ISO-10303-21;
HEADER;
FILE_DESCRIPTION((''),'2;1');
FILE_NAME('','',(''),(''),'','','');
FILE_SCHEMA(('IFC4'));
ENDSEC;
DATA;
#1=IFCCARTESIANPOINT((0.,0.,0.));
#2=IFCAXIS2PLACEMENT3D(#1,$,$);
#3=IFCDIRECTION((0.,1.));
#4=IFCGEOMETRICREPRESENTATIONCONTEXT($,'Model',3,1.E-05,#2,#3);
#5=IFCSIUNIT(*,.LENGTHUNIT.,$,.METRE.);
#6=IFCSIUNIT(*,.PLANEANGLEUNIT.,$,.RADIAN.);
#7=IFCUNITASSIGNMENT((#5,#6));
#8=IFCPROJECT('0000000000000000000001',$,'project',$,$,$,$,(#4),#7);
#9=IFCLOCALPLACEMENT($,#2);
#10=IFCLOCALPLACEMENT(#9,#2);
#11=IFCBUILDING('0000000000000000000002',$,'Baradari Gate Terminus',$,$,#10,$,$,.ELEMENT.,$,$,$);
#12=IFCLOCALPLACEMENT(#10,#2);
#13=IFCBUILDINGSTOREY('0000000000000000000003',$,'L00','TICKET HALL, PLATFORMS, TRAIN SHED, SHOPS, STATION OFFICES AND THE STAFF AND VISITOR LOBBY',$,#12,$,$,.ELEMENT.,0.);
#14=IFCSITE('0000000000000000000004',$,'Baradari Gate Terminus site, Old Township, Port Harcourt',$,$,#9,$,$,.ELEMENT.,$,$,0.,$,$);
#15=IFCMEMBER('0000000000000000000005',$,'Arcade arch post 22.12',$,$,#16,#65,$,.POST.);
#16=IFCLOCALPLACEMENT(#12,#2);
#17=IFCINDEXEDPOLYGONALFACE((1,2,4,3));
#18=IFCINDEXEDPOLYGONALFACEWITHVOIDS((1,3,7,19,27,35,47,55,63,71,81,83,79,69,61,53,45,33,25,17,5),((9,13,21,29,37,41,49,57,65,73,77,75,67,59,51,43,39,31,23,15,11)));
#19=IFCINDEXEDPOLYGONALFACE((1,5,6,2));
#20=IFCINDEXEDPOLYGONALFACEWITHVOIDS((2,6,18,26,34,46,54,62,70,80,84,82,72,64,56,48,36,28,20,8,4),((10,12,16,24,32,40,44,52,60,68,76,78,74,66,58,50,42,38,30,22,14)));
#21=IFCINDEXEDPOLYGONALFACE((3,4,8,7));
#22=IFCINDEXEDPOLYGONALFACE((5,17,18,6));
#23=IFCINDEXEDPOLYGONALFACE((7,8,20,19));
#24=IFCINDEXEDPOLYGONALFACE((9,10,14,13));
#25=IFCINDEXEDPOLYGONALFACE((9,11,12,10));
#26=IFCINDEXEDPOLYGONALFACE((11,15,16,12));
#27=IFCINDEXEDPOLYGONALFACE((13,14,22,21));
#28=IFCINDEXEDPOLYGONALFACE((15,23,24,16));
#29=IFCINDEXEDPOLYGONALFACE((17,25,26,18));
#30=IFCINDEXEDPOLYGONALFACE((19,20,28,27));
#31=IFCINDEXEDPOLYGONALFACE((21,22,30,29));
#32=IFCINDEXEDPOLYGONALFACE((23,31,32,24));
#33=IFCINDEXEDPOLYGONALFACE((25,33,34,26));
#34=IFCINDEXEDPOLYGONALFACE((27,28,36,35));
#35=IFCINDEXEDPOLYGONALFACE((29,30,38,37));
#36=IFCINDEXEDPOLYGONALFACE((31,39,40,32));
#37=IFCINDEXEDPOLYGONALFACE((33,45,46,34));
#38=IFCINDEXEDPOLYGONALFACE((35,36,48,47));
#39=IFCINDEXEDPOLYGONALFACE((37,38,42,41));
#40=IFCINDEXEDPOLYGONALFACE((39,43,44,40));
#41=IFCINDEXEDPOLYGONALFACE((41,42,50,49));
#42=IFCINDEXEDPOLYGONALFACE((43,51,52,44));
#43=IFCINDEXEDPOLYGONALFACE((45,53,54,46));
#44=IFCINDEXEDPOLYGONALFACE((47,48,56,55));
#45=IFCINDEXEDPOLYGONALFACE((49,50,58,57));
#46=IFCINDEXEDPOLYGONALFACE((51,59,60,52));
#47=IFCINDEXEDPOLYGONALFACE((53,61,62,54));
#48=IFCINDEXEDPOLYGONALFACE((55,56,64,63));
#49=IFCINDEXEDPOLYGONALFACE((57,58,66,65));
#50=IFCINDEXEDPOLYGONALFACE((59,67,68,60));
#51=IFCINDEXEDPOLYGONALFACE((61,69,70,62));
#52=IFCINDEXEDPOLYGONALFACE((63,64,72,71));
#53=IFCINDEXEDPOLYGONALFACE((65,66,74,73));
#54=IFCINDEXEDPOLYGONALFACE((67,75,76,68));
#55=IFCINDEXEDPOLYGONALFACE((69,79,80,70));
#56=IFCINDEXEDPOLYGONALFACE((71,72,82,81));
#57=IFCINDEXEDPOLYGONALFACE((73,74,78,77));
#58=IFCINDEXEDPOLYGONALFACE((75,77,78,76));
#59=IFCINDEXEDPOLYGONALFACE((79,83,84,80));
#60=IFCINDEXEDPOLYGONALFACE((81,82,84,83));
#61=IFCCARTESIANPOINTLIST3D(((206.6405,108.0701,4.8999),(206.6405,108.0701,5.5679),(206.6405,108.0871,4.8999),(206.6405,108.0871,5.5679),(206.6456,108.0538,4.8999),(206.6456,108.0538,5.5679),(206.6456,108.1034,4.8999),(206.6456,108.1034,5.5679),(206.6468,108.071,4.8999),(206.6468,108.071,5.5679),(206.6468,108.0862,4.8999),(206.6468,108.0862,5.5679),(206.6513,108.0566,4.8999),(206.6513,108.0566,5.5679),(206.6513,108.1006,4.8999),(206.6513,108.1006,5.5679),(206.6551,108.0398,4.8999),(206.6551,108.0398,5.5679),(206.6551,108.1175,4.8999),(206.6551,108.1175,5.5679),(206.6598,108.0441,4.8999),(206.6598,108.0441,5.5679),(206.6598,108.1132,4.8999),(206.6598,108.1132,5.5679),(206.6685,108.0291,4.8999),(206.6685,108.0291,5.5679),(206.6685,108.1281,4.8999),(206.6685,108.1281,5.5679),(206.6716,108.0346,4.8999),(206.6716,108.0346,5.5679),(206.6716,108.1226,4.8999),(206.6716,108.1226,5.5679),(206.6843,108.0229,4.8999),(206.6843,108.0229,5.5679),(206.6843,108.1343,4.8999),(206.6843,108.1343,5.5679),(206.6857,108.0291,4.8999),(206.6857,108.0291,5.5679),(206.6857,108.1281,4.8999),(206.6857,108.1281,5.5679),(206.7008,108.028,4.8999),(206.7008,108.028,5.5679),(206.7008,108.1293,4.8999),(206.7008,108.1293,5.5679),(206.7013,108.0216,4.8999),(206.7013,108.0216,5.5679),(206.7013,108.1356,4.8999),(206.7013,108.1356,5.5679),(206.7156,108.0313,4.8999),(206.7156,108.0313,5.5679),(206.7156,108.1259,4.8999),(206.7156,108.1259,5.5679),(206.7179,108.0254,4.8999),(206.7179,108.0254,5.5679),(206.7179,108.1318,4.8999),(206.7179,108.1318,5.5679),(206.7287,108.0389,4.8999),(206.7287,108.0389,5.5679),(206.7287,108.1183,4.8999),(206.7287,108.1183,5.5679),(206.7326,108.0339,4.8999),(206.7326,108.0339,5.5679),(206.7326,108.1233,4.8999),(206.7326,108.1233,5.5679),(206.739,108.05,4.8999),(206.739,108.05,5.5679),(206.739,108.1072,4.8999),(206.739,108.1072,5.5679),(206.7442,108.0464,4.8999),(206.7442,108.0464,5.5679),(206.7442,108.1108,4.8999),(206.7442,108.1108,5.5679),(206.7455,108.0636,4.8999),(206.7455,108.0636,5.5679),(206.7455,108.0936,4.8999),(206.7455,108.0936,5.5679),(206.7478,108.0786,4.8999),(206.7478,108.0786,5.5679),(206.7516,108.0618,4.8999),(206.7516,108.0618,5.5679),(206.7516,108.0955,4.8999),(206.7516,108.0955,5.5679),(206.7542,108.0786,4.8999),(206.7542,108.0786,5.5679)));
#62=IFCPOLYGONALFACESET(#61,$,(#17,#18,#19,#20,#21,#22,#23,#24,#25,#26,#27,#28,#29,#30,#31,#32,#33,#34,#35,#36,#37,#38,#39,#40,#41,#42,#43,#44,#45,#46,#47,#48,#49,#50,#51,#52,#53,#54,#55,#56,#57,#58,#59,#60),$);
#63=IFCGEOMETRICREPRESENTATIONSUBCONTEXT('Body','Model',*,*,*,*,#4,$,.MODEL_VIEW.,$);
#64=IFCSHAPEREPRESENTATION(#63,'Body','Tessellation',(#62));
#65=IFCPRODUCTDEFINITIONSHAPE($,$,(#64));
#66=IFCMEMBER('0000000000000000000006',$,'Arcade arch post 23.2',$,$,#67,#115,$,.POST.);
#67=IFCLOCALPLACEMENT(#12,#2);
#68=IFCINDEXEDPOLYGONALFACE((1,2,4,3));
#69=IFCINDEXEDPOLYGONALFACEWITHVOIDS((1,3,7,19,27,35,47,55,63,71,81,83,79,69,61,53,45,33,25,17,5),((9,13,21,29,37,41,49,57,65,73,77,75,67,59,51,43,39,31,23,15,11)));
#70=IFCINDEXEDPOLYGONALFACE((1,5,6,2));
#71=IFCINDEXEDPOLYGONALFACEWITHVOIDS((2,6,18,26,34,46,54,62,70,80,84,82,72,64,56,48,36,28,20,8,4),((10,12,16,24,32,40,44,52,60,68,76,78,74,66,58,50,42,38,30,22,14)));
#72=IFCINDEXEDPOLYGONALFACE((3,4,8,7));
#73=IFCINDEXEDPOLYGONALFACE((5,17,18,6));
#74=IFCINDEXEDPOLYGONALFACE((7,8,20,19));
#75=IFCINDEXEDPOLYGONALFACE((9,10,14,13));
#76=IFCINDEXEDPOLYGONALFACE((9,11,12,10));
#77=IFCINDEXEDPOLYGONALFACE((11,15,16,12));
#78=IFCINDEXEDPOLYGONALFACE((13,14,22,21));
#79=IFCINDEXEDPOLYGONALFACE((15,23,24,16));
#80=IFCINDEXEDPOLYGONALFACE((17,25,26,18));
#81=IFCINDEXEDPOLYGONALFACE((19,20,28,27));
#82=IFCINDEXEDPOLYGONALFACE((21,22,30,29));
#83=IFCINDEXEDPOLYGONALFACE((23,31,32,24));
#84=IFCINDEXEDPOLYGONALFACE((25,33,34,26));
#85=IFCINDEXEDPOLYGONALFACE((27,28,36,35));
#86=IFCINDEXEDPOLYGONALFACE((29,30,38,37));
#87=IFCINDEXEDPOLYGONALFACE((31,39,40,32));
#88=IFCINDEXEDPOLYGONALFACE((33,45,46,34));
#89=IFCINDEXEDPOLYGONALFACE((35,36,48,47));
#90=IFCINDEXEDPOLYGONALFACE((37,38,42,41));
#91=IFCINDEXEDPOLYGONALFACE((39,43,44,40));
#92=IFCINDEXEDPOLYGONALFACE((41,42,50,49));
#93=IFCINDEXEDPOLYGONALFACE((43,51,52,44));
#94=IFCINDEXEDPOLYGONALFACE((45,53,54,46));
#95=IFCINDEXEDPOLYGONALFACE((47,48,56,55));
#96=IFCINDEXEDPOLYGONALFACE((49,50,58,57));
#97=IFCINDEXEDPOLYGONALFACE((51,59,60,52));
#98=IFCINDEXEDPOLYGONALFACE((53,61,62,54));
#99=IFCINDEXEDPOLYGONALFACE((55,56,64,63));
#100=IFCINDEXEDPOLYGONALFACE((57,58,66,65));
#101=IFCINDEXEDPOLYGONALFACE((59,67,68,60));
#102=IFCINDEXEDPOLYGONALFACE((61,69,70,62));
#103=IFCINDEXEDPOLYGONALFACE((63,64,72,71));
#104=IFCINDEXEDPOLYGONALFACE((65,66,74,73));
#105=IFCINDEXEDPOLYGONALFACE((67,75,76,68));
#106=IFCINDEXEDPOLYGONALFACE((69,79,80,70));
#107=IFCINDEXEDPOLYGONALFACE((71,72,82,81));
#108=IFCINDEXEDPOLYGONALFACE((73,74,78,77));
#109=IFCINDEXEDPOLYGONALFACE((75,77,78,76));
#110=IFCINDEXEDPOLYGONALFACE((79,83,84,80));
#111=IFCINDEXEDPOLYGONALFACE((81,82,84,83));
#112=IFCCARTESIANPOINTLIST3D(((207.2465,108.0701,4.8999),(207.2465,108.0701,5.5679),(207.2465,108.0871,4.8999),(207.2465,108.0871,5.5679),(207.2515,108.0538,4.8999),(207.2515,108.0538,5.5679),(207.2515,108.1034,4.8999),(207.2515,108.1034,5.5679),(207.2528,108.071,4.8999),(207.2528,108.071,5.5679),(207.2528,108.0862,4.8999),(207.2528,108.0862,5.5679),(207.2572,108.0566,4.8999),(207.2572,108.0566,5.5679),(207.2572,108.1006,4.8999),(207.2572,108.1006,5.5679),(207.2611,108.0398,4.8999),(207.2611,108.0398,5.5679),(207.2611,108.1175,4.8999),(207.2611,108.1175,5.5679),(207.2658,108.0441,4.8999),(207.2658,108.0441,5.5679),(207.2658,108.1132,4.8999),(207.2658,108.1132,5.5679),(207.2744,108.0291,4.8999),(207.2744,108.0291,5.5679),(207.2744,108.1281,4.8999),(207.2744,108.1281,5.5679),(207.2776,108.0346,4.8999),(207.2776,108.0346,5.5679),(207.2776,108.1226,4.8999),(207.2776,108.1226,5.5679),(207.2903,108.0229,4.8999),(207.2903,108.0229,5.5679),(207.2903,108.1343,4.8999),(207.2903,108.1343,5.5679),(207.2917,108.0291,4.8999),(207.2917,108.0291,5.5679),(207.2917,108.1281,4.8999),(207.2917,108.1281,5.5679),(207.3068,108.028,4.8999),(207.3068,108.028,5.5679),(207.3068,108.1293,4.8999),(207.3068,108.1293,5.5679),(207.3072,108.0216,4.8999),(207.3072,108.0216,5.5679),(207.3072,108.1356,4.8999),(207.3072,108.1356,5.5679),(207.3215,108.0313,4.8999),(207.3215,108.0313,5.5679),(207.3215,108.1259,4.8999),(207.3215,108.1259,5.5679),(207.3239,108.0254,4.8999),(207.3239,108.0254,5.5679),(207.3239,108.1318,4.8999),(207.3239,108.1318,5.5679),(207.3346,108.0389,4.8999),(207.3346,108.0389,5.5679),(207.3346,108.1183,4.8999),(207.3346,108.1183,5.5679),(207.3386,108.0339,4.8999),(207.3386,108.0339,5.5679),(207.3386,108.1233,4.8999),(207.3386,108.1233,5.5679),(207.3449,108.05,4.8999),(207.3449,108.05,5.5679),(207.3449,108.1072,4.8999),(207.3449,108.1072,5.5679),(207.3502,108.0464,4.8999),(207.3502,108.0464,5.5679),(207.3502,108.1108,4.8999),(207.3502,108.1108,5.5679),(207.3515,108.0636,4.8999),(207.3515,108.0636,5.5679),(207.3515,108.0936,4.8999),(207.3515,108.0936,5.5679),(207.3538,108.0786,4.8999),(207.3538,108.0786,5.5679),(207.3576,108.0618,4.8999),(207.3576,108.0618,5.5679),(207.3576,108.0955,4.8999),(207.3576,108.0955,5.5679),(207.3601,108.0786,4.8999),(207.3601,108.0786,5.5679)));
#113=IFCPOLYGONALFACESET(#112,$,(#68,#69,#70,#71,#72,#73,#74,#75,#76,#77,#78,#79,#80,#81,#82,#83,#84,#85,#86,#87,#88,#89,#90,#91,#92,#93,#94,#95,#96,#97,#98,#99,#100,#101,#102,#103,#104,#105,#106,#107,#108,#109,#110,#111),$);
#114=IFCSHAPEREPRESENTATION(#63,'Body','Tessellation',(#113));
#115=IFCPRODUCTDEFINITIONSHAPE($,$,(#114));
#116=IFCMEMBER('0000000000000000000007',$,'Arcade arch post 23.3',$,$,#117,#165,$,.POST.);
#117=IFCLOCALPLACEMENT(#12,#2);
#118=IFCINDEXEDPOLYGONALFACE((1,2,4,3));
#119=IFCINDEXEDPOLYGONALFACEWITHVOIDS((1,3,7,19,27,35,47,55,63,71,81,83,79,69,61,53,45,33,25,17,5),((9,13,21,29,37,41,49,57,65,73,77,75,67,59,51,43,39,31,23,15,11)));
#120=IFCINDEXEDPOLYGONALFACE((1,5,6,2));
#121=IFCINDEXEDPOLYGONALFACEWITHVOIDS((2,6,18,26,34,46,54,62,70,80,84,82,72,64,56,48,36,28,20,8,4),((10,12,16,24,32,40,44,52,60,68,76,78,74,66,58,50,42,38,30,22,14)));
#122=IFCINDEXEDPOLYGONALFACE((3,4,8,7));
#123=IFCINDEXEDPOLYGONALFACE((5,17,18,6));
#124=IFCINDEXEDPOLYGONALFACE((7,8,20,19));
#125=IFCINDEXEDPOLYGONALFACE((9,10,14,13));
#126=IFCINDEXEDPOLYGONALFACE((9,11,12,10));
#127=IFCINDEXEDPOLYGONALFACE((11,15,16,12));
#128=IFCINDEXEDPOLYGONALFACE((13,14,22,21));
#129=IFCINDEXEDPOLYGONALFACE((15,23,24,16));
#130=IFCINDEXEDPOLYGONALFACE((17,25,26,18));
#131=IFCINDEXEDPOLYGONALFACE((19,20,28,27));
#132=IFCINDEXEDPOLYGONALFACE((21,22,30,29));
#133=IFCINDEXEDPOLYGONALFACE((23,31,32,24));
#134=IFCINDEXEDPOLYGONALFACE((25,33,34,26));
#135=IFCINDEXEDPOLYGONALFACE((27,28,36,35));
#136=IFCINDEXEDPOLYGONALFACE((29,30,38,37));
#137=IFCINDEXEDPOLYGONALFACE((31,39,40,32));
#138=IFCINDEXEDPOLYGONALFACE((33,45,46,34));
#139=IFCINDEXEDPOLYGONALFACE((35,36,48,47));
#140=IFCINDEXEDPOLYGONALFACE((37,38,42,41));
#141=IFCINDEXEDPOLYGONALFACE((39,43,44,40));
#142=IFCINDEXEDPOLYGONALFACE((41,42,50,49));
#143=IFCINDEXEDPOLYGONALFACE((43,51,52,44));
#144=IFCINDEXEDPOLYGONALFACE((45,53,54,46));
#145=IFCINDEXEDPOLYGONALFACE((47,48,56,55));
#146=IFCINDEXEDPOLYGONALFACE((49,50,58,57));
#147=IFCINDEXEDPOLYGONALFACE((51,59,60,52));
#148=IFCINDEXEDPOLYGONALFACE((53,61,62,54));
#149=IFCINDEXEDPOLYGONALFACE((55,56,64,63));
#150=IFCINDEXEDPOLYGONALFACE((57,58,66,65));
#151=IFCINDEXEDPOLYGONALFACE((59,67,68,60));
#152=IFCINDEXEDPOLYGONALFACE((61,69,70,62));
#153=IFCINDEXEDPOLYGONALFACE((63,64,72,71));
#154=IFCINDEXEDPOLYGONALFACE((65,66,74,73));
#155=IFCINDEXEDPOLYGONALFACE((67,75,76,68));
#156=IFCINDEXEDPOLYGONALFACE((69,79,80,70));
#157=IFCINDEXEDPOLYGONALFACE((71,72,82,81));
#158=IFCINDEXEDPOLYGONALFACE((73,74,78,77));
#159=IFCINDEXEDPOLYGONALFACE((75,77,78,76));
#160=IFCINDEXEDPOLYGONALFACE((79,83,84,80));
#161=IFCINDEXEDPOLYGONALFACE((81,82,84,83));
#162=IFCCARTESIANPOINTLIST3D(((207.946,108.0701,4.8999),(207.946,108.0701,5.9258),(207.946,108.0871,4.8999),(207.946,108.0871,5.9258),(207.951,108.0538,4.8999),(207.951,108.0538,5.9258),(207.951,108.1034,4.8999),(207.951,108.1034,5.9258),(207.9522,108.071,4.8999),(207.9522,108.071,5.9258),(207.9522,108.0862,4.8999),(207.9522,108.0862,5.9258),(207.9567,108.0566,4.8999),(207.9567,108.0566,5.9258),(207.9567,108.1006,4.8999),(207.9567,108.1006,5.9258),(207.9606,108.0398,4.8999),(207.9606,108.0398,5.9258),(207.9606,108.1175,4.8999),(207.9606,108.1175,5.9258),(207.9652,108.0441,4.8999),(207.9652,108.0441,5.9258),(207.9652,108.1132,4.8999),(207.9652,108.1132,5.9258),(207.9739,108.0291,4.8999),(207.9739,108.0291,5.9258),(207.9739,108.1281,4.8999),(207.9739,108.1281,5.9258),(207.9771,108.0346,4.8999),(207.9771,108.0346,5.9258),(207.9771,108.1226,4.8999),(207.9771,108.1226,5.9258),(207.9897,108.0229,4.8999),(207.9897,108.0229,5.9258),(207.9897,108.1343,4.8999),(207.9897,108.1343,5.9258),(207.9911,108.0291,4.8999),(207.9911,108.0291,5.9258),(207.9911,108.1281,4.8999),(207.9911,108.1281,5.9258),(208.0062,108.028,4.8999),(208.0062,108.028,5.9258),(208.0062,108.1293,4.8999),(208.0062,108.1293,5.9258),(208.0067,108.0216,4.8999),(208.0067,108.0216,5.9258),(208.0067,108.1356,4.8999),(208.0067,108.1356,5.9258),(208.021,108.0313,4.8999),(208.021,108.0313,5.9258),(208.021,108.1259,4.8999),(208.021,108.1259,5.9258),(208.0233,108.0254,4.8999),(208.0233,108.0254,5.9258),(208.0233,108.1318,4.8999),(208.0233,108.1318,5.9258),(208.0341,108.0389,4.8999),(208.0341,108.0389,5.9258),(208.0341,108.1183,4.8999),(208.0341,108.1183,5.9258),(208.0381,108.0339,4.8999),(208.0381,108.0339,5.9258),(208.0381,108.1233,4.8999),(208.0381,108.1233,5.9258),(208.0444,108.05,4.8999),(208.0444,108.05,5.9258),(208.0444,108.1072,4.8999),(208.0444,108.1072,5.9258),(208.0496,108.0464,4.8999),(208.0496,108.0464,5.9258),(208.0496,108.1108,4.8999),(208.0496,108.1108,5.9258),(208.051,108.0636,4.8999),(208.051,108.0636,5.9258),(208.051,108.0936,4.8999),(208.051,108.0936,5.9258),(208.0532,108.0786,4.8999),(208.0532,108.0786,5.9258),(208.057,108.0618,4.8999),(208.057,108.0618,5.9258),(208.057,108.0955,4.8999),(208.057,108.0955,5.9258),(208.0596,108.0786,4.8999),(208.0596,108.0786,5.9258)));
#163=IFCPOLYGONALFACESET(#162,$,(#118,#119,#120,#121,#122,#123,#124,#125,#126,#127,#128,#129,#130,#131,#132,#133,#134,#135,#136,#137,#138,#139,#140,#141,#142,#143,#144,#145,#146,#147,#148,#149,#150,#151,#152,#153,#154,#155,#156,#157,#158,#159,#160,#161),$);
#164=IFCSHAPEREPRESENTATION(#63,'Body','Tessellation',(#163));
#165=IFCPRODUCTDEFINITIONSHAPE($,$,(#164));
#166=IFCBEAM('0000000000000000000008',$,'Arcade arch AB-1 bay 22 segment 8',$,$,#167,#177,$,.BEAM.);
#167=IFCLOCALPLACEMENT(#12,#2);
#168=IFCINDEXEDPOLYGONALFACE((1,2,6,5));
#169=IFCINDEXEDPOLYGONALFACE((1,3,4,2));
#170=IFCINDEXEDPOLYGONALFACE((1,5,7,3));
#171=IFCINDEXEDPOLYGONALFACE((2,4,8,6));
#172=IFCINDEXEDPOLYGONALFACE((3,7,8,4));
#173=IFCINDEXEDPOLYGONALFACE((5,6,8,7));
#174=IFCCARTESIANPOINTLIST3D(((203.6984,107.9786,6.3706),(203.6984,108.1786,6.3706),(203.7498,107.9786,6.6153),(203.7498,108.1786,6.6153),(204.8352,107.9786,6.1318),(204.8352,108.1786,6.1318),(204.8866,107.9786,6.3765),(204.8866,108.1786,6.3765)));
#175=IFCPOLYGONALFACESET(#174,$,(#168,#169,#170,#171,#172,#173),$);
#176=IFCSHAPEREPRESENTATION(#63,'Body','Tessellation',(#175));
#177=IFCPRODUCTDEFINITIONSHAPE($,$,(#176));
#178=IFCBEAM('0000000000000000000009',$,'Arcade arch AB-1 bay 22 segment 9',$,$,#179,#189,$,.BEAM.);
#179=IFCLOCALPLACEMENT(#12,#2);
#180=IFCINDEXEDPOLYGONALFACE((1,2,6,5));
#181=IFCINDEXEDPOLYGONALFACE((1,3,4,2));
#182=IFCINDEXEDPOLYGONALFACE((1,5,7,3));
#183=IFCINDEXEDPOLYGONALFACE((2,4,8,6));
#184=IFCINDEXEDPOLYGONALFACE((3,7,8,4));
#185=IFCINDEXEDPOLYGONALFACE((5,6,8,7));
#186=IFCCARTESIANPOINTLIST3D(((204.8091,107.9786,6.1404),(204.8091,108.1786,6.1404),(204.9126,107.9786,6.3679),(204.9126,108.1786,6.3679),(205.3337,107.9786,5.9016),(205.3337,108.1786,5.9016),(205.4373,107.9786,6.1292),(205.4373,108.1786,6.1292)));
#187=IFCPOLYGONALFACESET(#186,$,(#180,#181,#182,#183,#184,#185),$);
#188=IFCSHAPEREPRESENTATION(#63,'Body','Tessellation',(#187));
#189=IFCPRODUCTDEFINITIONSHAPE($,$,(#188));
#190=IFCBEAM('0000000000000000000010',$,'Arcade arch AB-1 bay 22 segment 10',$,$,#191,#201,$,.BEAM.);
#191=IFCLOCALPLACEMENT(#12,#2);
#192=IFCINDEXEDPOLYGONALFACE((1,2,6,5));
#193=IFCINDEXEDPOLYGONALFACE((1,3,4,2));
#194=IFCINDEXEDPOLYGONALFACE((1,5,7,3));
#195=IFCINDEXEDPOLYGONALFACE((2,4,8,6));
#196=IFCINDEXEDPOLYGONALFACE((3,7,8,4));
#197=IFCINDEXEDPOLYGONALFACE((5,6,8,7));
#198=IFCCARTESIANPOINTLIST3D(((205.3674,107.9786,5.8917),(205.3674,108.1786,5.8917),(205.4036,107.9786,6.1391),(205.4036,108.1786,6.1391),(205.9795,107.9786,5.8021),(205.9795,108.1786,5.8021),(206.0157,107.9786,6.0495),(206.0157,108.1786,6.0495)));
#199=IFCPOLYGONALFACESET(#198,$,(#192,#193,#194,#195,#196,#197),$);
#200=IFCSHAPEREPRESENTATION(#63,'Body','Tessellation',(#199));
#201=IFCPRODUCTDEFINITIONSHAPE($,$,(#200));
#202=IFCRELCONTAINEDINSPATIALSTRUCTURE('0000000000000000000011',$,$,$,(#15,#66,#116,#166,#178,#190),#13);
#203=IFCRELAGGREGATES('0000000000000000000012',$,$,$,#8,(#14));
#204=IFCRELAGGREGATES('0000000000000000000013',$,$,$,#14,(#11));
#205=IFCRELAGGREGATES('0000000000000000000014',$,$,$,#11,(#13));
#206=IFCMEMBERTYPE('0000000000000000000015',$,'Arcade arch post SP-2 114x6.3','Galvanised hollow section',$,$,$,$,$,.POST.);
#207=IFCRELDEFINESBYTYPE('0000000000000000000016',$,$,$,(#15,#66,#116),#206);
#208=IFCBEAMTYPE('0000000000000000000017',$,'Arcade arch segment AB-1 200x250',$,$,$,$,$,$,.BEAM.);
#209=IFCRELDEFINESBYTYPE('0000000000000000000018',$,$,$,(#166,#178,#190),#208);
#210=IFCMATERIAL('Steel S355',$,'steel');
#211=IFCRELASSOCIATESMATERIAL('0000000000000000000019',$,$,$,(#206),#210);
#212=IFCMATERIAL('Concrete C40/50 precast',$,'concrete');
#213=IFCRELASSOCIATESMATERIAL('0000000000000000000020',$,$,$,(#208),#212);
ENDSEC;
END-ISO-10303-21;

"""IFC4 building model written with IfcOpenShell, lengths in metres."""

from ifc_helpers import new_model, si_unit, direction, frame, origin, origin_2d, place, context, subcontext, project, spatial, rectangle, hollow_circle, extrude, material, material_profile, profile_set, type_object, element, save


model = new_model("IFC4")

# Units and contexts
model_context = context("Model", 3, precision=1e-05, world=origin(), true_north=direction((0.0, 1.0)))
body_context = subcontext(model_context, "Body", "Model", "MODEL_VIEW")
ifc_project = project(units=[si_unit("LENGTHUNIT", "METRE"), si_unit("PLANEANGLEUNIT", "RADIAN")], contexts=[model_context])

# Site, building, storey
site_placement = place(None, origin())
site = spatial("IfcSite", under=ifc_project, at=site_placement, Name="Baradari Gate Terminus site, Old Township, Port Harcourt", CompositionType="ELEMENT", RefElevation=0.0)
building_placement = place(site_placement, origin())
building = spatial("IfcBuilding", under=site, at=building_placement, Name="Baradari Gate Terminus", CompositionType="ELEMENT")
storey_placement = place(building_placement, origin())
storey = spatial("IfcBuildingStorey", under=building, at=storey_placement, Name="L00", Description="TICKET HALL, PLATFORMS, TRAIN SHED, SHOPS, STATION OFFICES AND THE STAFF AND VISITOR LOBBY", CompositionType="ELEMENT", Elevation=0.0)

# Members
ifc_material_1 = material(Name="Steel S355", Category="steel")
ifc_material_profile_1 = material_profile(ifc_material_1, hollow_circle(Radius=0.0571, WallThickness=0.0063, at=origin_2d()), Name="CHS 114.3x6.3")
ifc_profile_set_1 = profile_set([ifc_material_profile_1], Name="Steel S355")
member_type_1 = type_object("IfcMemberType", Name="Arcade arch post SP-2 114x6.3", Description="Galvanised hollow section", PredefinedType="POST", material=ifc_profile_set_1)
for number, where, z_axis, x_axis, name in (
    (1, (206.697, 108.0786, 4.8999), (0.0, 0.0, 1.0), (1.0, 0.0, 0.0), "Arcade arch post 22.12"),
    (2, (207.303, 108.0786, 4.8999), (0.0, 0.0, 1.0), (1.0, 0.0, 0.0), "Arcade arch post 23.2"),
):
    element("IfcMember", number, at=place(storey_placement, frame(where, z_axis=z_axis, x_axis=x_axis)), inside=storey, type_object=member_type_1, Name=name, PredefinedType="POST", context=body_context, shape_type="SweptSolid", body=[
        extrude(hollow_circle(Radius=0.0571, WallThickness=0.0063, at=origin_2d()), origin(), (0.0, 0.0, 1.0), 0.668),
    ])
member_1_placement = place(storey_placement, frame((208.0024, 108.0786, 4.8999), z_axis=(0.0, 0.0, 1.0), x_axis=(1.0, 0.0, 0.0)))
element("IfcMember", 3, at=member_1_placement, inside=storey, type_object=member_type_1, Name="Arcade arch post 23.3", PredefinedType="POST", context=body_context, shape_type="SweptSolid", body=[
    extrude(hollow_circle(Radius=0.0571, WallThickness=0.0063, at=origin_2d()), origin(), (0.0, 0.0, 1.0), 1.0259),
])

# Beams
ifc_material_2 = material(Name="Concrete C40/50 precast", Category="concrete")
ifc_material_profile_2 = material_profile(ifc_material_2, rectangle(XDim=0.2, YDim=0.25, at=origin_2d()), Name="AB-1 200X250")
ifc_profile_set_2 = profile_set([ifc_material_profile_2], Name="Concrete C40/50 precast")
beam_type_1 = type_object("IfcBeamType", Name="Arcade arch segment AB-1 200x250", PredefinedType="BEAM", material=ifc_profile_set_2)
beam_1_placement = place(storey_placement, frame((203.7241, 108.0786, 6.4929), z_axis=(0.978643, 0.0, -0.205566), x_axis=(0.0, 1.0, 0.0)))
element("IfcBeam", 4, at=beam_1_placement, inside=storey, type_object=beam_type_1, Name="Arcade arch AB-1 bay 22 segment 8", PredefinedType="BEAM", context=body_context, shape_type="SweptSolid", body=[
    extrude(rectangle(XDim=0.2, YDim=0.25, at=origin_2d()), origin(), (0.0, 0.0, 1.0), 1.1616),
])
beam_2_placement = place(storey_placement, frame((204.8608, 108.0786, 6.2542), z_axis=(0.910178, 0.0, -0.414218), x_axis=(0.0, 1.0, 0.0)))
element("IfcBeam", 5, at=beam_2_placement, inside=storey, type_object=beam_type_1, Name="Arcade arch AB-1 bay 22 segment 9", PredefinedType="BEAM", context=body_context, shape_type="SweptSolid", body=[
    extrude(rectangle(XDim=0.2, YDim=0.25, at=origin_2d()), origin(), (0.0, 0.0, 1.0), 0.5764),
])
beam_3_placement = place(storey_placement, frame((205.3855, 108.0786, 6.0154), z_axis=(0.989454, 0.0, -0.144846), x_axis=(0.0, 1.0, 0.0)))
element("IfcBeam", 6, at=beam_3_placement, inside=storey, type_object=beam_type_1, Name="Arcade arch AB-1 bay 22 segment 10", PredefinedType="BEAM", context=body_context, shape_type="SweptSolid", body=[
    extrude(rectangle(XDim=0.2, YDim=0.25, at=origin_2d()), origin(), (0.0, 0.0, 1.0), 0.6187),
])

save(model, "model.ifc")
